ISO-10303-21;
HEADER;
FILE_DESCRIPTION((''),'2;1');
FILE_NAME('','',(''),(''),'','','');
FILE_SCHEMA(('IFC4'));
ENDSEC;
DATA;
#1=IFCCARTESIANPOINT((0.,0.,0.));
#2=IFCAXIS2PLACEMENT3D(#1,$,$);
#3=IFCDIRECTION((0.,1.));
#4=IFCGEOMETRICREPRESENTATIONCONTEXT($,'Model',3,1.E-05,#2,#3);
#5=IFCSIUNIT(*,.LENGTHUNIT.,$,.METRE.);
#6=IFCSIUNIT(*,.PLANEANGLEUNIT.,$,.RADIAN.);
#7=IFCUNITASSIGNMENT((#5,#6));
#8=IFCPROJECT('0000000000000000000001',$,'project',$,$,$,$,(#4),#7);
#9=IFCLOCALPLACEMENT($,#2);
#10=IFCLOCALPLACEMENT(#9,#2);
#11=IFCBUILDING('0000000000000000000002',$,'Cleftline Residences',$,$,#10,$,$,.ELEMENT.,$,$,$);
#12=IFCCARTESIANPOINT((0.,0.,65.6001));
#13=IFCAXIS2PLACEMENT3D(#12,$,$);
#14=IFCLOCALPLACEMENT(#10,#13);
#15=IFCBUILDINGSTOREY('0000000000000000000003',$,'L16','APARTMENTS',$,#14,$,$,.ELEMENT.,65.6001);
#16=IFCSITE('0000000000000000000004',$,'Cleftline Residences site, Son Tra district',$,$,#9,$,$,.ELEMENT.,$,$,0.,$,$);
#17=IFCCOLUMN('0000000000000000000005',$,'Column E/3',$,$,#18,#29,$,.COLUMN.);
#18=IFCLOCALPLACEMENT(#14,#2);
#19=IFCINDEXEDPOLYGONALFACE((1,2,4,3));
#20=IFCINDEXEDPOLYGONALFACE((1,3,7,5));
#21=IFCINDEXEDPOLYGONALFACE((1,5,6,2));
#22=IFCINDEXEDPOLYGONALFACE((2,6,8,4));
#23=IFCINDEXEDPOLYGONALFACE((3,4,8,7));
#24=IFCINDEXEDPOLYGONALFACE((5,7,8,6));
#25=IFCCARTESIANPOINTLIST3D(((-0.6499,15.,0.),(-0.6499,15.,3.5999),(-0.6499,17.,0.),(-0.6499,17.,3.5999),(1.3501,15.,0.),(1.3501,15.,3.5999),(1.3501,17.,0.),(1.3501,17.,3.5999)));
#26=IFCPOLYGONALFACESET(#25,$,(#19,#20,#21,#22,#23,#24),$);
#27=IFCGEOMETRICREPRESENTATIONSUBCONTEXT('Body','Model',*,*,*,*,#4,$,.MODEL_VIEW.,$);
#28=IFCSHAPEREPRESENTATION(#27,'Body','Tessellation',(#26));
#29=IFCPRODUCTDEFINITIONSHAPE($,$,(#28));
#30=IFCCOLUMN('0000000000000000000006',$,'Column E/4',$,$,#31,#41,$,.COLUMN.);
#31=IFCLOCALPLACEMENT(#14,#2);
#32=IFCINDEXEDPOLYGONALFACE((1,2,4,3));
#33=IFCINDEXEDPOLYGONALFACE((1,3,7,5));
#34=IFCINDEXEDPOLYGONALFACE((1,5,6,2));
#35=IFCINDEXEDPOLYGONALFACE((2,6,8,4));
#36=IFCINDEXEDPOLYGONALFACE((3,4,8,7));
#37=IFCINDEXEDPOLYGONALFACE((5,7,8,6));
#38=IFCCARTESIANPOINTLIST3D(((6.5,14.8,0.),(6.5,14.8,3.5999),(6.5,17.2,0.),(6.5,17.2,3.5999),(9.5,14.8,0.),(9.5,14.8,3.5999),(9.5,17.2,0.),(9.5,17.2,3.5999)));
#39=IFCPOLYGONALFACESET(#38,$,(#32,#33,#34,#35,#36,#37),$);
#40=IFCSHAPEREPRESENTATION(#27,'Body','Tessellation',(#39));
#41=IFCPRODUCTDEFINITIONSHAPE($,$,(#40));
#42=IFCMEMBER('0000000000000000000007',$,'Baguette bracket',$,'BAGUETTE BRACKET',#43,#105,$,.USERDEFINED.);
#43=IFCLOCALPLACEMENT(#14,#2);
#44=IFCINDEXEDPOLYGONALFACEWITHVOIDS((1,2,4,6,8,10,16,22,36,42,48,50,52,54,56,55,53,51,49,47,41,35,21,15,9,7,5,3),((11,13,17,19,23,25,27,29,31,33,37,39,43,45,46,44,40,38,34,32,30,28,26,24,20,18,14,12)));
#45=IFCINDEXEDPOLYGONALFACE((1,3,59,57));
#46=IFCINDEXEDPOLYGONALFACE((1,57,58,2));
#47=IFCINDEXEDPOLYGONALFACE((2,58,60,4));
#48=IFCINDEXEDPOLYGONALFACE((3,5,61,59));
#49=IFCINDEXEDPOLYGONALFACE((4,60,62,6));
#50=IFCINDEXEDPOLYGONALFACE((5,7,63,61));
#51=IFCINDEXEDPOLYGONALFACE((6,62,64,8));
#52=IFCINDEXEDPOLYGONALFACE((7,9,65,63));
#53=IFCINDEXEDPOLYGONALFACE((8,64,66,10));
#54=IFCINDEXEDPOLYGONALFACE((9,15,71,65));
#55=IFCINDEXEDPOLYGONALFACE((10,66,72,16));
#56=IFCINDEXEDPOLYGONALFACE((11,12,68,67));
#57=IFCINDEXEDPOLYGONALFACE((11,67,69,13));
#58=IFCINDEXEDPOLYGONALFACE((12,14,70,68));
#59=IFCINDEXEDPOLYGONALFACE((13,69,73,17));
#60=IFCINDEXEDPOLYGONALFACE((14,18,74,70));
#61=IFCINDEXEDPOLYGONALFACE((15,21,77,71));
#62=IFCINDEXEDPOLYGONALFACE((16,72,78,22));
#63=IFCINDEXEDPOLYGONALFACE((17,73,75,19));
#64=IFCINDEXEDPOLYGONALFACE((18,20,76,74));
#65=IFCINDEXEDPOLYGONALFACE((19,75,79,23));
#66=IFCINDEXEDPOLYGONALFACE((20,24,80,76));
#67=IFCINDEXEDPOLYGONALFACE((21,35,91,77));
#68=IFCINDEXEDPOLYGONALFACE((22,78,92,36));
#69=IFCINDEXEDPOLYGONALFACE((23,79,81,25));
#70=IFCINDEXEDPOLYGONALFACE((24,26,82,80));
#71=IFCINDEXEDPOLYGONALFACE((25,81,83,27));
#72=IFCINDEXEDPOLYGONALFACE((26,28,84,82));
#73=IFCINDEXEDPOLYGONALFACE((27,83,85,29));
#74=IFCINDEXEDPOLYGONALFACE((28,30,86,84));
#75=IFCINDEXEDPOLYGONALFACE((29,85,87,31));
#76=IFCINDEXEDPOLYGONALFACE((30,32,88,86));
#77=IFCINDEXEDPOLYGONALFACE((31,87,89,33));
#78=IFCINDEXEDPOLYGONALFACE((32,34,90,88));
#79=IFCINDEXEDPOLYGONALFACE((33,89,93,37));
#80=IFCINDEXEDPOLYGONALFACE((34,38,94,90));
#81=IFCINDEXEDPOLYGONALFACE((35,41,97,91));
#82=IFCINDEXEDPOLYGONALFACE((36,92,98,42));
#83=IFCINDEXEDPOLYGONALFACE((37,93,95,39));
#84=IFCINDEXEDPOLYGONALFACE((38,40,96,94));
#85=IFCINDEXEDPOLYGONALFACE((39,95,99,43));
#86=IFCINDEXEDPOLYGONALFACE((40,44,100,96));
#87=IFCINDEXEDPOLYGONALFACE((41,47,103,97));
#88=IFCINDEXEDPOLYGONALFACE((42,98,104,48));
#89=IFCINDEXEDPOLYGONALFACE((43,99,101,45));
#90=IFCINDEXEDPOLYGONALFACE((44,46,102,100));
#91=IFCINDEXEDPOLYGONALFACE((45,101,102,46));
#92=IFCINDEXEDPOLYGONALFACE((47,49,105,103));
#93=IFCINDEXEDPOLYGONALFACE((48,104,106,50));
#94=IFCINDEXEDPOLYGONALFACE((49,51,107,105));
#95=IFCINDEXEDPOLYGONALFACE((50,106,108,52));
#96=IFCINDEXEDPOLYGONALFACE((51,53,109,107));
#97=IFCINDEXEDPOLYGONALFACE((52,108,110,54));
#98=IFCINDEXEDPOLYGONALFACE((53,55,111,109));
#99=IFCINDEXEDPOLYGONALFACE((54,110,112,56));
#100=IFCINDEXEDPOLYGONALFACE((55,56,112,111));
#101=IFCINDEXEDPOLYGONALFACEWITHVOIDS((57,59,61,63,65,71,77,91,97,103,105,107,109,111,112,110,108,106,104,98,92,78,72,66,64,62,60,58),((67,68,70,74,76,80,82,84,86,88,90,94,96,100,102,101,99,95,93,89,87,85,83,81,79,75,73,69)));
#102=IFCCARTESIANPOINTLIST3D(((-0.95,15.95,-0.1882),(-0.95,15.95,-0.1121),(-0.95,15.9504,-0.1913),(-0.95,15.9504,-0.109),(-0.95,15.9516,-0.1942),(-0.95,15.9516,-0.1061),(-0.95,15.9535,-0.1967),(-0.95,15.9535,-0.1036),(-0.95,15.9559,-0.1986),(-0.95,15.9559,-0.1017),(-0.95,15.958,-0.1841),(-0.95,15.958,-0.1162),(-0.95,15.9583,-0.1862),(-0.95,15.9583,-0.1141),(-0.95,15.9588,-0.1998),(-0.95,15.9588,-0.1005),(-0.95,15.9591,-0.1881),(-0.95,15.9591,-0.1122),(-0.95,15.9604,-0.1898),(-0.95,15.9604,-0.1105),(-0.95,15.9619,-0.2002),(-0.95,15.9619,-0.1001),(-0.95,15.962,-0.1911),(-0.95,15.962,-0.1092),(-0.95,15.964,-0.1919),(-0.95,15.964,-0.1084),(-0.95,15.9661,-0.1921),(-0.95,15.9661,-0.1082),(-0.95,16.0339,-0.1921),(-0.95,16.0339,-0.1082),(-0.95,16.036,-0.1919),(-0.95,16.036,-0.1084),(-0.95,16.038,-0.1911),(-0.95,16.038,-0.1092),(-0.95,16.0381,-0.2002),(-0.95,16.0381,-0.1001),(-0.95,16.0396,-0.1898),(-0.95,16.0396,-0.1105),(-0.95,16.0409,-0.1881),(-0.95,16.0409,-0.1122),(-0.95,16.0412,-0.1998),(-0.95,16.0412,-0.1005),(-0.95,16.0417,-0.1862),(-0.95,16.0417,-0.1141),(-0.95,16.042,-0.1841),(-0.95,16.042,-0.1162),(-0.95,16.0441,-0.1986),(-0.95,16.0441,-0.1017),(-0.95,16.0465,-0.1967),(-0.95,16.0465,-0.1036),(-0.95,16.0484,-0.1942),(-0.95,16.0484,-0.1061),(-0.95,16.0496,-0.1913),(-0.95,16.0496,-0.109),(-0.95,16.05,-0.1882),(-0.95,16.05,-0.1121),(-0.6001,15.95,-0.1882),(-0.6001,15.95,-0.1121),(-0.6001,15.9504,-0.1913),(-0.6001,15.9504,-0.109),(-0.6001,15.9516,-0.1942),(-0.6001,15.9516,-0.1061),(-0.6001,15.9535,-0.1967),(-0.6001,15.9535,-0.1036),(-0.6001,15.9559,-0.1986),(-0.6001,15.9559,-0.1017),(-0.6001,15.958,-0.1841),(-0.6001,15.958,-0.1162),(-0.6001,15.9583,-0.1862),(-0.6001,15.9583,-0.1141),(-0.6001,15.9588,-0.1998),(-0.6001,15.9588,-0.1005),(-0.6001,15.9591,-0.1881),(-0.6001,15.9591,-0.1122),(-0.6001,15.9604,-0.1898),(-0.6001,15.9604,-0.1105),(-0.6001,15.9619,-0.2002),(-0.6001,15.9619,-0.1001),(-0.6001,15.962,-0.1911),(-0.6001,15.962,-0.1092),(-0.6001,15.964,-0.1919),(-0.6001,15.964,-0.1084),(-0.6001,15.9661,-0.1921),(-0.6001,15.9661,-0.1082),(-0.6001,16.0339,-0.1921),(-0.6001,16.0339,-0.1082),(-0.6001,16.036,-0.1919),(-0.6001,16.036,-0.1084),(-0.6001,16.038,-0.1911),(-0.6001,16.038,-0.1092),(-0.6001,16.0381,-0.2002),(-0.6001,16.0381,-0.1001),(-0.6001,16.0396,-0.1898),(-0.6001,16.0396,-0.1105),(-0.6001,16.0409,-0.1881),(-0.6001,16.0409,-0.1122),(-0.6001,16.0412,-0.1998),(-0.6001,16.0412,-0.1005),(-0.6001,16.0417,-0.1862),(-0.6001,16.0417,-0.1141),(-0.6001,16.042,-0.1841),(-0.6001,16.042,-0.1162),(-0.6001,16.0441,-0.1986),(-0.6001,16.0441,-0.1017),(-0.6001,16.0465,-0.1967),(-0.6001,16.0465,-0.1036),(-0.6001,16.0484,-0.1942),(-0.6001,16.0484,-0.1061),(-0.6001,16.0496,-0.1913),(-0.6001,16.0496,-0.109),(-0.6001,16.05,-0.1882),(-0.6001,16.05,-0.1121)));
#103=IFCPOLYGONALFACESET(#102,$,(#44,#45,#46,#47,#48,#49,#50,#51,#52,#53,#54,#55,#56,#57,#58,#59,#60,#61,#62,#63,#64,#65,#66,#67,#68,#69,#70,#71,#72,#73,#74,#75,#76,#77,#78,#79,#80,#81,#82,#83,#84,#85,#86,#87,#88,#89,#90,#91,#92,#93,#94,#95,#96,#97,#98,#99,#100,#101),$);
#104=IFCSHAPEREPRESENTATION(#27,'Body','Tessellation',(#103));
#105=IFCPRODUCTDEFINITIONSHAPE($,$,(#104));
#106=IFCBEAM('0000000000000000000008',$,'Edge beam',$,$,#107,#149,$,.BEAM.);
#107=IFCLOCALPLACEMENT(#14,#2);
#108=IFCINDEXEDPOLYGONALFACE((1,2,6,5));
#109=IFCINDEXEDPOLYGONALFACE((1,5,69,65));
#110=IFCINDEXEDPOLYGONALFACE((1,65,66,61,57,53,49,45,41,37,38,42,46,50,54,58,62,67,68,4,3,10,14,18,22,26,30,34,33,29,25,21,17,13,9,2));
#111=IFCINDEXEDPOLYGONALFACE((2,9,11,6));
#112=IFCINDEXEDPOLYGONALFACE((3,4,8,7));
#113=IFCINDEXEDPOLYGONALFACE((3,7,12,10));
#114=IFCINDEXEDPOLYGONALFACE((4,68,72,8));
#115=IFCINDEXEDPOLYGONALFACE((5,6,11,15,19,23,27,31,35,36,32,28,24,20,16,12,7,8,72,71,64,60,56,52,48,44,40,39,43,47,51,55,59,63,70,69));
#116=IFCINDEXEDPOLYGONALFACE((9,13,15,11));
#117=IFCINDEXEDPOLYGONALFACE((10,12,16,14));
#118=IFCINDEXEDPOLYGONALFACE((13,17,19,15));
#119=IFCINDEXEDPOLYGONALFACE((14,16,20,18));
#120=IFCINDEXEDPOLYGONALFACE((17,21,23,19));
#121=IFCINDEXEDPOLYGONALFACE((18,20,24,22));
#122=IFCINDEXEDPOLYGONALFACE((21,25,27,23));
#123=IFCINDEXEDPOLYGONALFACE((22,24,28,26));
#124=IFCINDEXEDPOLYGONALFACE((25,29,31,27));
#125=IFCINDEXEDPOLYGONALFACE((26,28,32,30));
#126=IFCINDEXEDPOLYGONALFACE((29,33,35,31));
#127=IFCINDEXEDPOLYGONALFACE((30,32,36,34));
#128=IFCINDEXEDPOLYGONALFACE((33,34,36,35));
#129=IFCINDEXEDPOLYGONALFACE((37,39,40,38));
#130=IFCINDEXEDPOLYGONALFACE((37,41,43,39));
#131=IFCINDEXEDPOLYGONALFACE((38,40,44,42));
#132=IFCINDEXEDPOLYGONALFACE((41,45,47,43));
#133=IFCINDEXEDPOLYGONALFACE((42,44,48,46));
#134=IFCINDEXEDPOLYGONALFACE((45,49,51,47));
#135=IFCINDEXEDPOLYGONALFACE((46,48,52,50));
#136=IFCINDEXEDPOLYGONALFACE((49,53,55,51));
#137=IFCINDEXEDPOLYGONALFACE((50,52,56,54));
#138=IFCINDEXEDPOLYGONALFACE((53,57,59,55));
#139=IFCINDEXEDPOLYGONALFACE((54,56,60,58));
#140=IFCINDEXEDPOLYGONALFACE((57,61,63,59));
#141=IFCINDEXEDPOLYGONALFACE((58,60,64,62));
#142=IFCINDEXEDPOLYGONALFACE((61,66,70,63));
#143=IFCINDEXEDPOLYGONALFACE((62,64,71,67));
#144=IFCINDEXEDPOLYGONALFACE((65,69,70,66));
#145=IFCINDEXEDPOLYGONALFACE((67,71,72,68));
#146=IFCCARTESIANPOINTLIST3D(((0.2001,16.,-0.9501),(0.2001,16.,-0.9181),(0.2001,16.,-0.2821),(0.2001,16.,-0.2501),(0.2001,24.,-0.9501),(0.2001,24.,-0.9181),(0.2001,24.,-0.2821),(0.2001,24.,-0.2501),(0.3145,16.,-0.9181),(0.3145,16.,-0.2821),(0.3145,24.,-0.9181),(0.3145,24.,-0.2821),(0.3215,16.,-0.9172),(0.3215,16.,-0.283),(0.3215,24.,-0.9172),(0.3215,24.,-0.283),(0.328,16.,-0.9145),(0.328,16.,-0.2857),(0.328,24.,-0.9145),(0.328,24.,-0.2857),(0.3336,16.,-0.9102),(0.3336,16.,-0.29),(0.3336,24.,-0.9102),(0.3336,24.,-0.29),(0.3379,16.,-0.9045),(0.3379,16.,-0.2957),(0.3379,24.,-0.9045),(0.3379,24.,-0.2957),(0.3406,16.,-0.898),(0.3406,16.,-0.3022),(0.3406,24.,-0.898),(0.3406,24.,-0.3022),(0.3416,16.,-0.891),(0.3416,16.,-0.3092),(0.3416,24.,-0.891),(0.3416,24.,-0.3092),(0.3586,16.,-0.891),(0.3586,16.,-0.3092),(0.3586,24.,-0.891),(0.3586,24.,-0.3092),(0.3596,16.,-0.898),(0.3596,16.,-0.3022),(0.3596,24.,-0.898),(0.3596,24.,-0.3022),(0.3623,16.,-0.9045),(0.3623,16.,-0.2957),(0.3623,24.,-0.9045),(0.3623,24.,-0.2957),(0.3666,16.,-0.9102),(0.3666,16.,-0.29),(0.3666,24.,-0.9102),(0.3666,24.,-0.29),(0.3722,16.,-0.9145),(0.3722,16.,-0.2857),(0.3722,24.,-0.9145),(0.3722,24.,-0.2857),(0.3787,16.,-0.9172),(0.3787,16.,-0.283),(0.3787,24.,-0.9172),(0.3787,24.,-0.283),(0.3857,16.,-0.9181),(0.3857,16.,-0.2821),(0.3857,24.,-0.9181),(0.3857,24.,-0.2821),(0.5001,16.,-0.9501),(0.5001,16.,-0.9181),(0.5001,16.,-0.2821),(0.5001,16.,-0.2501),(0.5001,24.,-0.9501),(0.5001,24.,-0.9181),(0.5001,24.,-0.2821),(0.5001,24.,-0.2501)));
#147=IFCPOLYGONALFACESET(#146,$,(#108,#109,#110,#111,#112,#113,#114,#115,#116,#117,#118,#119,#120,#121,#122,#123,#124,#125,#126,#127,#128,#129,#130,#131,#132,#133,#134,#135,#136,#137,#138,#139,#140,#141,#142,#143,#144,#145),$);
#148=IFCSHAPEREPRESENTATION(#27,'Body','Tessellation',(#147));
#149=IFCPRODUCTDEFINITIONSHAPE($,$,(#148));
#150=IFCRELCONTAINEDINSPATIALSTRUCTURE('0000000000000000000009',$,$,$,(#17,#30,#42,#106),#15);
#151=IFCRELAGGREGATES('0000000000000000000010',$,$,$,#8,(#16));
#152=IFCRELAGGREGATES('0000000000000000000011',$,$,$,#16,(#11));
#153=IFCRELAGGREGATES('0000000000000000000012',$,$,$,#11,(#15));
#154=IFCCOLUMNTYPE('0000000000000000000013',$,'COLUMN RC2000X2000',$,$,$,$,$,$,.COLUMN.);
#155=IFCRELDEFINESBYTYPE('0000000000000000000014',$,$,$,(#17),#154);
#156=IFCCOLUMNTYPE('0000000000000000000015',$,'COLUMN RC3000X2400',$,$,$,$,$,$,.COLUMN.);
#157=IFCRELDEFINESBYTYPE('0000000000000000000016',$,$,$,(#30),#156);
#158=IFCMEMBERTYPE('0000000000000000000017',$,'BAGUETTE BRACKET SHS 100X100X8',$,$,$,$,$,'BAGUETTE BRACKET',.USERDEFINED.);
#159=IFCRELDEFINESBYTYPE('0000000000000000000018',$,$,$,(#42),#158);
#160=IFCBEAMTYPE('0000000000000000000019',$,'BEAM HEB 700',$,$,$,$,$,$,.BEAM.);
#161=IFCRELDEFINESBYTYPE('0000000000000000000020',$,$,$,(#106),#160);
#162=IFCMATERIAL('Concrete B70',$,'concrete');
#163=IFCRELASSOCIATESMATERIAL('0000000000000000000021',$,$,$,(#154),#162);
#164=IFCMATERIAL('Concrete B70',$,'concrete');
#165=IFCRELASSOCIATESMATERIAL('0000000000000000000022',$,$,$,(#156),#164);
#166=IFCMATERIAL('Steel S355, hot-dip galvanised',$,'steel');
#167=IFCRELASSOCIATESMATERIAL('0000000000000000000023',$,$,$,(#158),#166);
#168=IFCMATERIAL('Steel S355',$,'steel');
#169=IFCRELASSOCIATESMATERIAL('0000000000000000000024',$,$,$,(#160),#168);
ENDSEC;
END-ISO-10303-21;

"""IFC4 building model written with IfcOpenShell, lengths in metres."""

from ifc_helpers import new_model, si_unit, direction, frame, origin, origin_2d, place, context, subcontext, project, spatial, rectangle, hollow_rectangle, i_section, extrude, material, material_profile, profile_set, type_object, element, save


model = new_model("IFC4")

# Units and contexts
model_context = context("Model", 3, precision=1e-05, world=origin(), true_north=direction((0.0, 1.0)))
body_context = subcontext(model_context, "Body", "Model", "MODEL_VIEW")
ifc_project = project(units=[si_unit("LENGTHUNIT", "METRE"), si_unit("PLANEANGLEUNIT", "RADIAN")], contexts=[model_context])

# Site, building, storey
site_placement = place(None, origin())
site = spatial("IfcSite", under=ifc_project, at=site_placement, Name="Cleftline Residences site, Son Tra district", CompositionType="ELEMENT", RefElevation=0.0)
building_placement = place(site_placement, origin())
building = spatial("IfcBuilding", under=site, at=building_placement, Name="Cleftline Residences", CompositionType="ELEMENT")
storey_placement = place(building_placement, frame((0.0, 0.0, 65.6001)))
storey = spatial("IfcBuildingStorey", under=building, at=storey_placement, Name="L16", Description="APARTMENTS", CompositionType="ELEMENT", Elevation=65.6001)

# Columns
ifc_material_1 = material(Name="Concrete B70", Category="concrete")
ifc_material_profile_1 = material_profile(ifc_material_1, rectangle(XDim=2.0, YDim=2.0, at=origin_2d()))
ifc_profile_set_1 = profile_set([ifc_material_profile_1], Name="Concrete B70")
column_type_1 = type_object("IfcColumnType", Name="COLUMN RC2000X2000", PredefinedType="COLUMN", material=ifc_profile_set_1)
column_1_placement = place(storey_placement, frame((0.3501, 16.0, 0.0), z_axis=(0.0, 0.0, 1.0), x_axis=(1.0, 0.0, 0.0)))
element("IfcColumn", 1, at=column_1_placement, inside=storey, type_object=column_type_1, Name="Column E/3", PredefinedType="COLUMN", context=body_context, shape_type="SweptSolid", body=[
    extrude(rectangle(XDim=2.0, YDim=2.0, at=origin_2d()), origin(), (0.0, 0.0, 1.0), 3.5999),
])
ifc_material_2 = material(Name="Concrete B70", Category="concrete")
ifc_material_profile_2 = material_profile(ifc_material_2, rectangle(XDim=3.0, YDim=2.3999, at=origin_2d()))
ifc_profile_set_2 = profile_set([ifc_material_profile_2], Name="Concrete B70")
column_type_2 = type_object("IfcColumnType", Name="COLUMN RC3000X2400", PredefinedType="COLUMN", material=ifc_profile_set_2)
column_2_placement = place(storey_placement, frame((8.0, 16.0, 0.0), z_axis=(0.0, 0.0, 1.0), x_axis=(1.0, 0.0, 0.0)))
element("IfcColumn", 2, at=column_2_placement, inside=storey, type_object=column_type_2, Name="Column E/4", PredefinedType="COLUMN", context=body_context, shape_type="SweptSolid", body=[
    extrude(rectangle(XDim=3.0, YDim=2.3999, at=origin_2d()), origin(), (0.0, 0.0, 1.0), 3.5999),
])

# Member
ifc_material_3 = material(Name="Steel S355, hot-dip galvanised", Category="steel")
ifc_material_profile_3 = material_profile(ifc_material_3, hollow_rectangle(XDim=0.1001, YDim=0.1001, WallThickness=0.0081, InnerFilletRadius=0.0081, OuterFilletRadius=0.012, at=origin_2d()))
ifc_profile_set_3 = profile_set([ifc_material_profile_3], Name="Steel S355, hot-dip galvanised")
member_type_1 = type_object("IfcMemberType", Name="BAGUETTE BRACKET SHS 100X100X8", ElementType="BAGUETTE BRACKET", PredefinedType="USERDEFINED", material=ifc_profile_set_3)
member_placement = place(storey_placement, frame((-0.6001, 16.0, -0.1501), z_axis=(-1.0, 0.0, 0.0), x_axis=(0.0, -1.0, 0.0)))
element("IfcMember", 3, at=member_placement, inside=storey, type_object=member_type_1, Name="Baguette bracket", ObjectType="BAGUETTE BRACKET", PredefinedType="USERDEFINED", context=body_context, shape_type="SweptSolid", body=[
    extrude(hollow_rectangle(XDim=0.1001, YDim=0.1001, WallThickness=0.0081, InnerFilletRadius=0.0081, OuterFilletRadius=0.012, at=origin_2d()), origin(), (0.0, 0.0, 1.0), 0.3499),
])

# Beam
ifc_material_4 = material(Name="Steel S355", Category="steel")
ifc_material_profile_4 = material_profile(ifc_material_4, i_section(OverallWidth=0.3, OverallDepth=0.7, WebThickness=0.0171, FlangeThickness=0.032, FilletRadius=0.0271, at=origin_2d()))
ifc_profile_set_4 = profile_set([ifc_material_profile_4], Name="Steel S355")
beam_type_1 = type_object("IfcBeamType", Name="BEAM HEB 700", PredefinedType="BEAM", material=ifc_profile_set_4)
beam_1_placement = place(storey_placement, frame((0.3501, 16.0, -0.6001), z_axis=(0.0, 1.0, 0.0), x_axis=(-1.0, 0.0, 0.0)))
element("IfcBeam", 4, at=beam_1_placement, inside=storey, type_object=beam_type_1, Name="Edge beam", PredefinedType="BEAM", context=body_context, shape_type="SweptSolid", body=[
    extrude(i_section(OverallWidth=0.3, OverallDepth=0.7, WebThickness=0.0171, FlangeThickness=0.032, FilletRadius=0.0271, at=origin_2d()), origin(), (0.0, 0.0, 1.0), 8.0),
])

save(model, "model.ifc")
